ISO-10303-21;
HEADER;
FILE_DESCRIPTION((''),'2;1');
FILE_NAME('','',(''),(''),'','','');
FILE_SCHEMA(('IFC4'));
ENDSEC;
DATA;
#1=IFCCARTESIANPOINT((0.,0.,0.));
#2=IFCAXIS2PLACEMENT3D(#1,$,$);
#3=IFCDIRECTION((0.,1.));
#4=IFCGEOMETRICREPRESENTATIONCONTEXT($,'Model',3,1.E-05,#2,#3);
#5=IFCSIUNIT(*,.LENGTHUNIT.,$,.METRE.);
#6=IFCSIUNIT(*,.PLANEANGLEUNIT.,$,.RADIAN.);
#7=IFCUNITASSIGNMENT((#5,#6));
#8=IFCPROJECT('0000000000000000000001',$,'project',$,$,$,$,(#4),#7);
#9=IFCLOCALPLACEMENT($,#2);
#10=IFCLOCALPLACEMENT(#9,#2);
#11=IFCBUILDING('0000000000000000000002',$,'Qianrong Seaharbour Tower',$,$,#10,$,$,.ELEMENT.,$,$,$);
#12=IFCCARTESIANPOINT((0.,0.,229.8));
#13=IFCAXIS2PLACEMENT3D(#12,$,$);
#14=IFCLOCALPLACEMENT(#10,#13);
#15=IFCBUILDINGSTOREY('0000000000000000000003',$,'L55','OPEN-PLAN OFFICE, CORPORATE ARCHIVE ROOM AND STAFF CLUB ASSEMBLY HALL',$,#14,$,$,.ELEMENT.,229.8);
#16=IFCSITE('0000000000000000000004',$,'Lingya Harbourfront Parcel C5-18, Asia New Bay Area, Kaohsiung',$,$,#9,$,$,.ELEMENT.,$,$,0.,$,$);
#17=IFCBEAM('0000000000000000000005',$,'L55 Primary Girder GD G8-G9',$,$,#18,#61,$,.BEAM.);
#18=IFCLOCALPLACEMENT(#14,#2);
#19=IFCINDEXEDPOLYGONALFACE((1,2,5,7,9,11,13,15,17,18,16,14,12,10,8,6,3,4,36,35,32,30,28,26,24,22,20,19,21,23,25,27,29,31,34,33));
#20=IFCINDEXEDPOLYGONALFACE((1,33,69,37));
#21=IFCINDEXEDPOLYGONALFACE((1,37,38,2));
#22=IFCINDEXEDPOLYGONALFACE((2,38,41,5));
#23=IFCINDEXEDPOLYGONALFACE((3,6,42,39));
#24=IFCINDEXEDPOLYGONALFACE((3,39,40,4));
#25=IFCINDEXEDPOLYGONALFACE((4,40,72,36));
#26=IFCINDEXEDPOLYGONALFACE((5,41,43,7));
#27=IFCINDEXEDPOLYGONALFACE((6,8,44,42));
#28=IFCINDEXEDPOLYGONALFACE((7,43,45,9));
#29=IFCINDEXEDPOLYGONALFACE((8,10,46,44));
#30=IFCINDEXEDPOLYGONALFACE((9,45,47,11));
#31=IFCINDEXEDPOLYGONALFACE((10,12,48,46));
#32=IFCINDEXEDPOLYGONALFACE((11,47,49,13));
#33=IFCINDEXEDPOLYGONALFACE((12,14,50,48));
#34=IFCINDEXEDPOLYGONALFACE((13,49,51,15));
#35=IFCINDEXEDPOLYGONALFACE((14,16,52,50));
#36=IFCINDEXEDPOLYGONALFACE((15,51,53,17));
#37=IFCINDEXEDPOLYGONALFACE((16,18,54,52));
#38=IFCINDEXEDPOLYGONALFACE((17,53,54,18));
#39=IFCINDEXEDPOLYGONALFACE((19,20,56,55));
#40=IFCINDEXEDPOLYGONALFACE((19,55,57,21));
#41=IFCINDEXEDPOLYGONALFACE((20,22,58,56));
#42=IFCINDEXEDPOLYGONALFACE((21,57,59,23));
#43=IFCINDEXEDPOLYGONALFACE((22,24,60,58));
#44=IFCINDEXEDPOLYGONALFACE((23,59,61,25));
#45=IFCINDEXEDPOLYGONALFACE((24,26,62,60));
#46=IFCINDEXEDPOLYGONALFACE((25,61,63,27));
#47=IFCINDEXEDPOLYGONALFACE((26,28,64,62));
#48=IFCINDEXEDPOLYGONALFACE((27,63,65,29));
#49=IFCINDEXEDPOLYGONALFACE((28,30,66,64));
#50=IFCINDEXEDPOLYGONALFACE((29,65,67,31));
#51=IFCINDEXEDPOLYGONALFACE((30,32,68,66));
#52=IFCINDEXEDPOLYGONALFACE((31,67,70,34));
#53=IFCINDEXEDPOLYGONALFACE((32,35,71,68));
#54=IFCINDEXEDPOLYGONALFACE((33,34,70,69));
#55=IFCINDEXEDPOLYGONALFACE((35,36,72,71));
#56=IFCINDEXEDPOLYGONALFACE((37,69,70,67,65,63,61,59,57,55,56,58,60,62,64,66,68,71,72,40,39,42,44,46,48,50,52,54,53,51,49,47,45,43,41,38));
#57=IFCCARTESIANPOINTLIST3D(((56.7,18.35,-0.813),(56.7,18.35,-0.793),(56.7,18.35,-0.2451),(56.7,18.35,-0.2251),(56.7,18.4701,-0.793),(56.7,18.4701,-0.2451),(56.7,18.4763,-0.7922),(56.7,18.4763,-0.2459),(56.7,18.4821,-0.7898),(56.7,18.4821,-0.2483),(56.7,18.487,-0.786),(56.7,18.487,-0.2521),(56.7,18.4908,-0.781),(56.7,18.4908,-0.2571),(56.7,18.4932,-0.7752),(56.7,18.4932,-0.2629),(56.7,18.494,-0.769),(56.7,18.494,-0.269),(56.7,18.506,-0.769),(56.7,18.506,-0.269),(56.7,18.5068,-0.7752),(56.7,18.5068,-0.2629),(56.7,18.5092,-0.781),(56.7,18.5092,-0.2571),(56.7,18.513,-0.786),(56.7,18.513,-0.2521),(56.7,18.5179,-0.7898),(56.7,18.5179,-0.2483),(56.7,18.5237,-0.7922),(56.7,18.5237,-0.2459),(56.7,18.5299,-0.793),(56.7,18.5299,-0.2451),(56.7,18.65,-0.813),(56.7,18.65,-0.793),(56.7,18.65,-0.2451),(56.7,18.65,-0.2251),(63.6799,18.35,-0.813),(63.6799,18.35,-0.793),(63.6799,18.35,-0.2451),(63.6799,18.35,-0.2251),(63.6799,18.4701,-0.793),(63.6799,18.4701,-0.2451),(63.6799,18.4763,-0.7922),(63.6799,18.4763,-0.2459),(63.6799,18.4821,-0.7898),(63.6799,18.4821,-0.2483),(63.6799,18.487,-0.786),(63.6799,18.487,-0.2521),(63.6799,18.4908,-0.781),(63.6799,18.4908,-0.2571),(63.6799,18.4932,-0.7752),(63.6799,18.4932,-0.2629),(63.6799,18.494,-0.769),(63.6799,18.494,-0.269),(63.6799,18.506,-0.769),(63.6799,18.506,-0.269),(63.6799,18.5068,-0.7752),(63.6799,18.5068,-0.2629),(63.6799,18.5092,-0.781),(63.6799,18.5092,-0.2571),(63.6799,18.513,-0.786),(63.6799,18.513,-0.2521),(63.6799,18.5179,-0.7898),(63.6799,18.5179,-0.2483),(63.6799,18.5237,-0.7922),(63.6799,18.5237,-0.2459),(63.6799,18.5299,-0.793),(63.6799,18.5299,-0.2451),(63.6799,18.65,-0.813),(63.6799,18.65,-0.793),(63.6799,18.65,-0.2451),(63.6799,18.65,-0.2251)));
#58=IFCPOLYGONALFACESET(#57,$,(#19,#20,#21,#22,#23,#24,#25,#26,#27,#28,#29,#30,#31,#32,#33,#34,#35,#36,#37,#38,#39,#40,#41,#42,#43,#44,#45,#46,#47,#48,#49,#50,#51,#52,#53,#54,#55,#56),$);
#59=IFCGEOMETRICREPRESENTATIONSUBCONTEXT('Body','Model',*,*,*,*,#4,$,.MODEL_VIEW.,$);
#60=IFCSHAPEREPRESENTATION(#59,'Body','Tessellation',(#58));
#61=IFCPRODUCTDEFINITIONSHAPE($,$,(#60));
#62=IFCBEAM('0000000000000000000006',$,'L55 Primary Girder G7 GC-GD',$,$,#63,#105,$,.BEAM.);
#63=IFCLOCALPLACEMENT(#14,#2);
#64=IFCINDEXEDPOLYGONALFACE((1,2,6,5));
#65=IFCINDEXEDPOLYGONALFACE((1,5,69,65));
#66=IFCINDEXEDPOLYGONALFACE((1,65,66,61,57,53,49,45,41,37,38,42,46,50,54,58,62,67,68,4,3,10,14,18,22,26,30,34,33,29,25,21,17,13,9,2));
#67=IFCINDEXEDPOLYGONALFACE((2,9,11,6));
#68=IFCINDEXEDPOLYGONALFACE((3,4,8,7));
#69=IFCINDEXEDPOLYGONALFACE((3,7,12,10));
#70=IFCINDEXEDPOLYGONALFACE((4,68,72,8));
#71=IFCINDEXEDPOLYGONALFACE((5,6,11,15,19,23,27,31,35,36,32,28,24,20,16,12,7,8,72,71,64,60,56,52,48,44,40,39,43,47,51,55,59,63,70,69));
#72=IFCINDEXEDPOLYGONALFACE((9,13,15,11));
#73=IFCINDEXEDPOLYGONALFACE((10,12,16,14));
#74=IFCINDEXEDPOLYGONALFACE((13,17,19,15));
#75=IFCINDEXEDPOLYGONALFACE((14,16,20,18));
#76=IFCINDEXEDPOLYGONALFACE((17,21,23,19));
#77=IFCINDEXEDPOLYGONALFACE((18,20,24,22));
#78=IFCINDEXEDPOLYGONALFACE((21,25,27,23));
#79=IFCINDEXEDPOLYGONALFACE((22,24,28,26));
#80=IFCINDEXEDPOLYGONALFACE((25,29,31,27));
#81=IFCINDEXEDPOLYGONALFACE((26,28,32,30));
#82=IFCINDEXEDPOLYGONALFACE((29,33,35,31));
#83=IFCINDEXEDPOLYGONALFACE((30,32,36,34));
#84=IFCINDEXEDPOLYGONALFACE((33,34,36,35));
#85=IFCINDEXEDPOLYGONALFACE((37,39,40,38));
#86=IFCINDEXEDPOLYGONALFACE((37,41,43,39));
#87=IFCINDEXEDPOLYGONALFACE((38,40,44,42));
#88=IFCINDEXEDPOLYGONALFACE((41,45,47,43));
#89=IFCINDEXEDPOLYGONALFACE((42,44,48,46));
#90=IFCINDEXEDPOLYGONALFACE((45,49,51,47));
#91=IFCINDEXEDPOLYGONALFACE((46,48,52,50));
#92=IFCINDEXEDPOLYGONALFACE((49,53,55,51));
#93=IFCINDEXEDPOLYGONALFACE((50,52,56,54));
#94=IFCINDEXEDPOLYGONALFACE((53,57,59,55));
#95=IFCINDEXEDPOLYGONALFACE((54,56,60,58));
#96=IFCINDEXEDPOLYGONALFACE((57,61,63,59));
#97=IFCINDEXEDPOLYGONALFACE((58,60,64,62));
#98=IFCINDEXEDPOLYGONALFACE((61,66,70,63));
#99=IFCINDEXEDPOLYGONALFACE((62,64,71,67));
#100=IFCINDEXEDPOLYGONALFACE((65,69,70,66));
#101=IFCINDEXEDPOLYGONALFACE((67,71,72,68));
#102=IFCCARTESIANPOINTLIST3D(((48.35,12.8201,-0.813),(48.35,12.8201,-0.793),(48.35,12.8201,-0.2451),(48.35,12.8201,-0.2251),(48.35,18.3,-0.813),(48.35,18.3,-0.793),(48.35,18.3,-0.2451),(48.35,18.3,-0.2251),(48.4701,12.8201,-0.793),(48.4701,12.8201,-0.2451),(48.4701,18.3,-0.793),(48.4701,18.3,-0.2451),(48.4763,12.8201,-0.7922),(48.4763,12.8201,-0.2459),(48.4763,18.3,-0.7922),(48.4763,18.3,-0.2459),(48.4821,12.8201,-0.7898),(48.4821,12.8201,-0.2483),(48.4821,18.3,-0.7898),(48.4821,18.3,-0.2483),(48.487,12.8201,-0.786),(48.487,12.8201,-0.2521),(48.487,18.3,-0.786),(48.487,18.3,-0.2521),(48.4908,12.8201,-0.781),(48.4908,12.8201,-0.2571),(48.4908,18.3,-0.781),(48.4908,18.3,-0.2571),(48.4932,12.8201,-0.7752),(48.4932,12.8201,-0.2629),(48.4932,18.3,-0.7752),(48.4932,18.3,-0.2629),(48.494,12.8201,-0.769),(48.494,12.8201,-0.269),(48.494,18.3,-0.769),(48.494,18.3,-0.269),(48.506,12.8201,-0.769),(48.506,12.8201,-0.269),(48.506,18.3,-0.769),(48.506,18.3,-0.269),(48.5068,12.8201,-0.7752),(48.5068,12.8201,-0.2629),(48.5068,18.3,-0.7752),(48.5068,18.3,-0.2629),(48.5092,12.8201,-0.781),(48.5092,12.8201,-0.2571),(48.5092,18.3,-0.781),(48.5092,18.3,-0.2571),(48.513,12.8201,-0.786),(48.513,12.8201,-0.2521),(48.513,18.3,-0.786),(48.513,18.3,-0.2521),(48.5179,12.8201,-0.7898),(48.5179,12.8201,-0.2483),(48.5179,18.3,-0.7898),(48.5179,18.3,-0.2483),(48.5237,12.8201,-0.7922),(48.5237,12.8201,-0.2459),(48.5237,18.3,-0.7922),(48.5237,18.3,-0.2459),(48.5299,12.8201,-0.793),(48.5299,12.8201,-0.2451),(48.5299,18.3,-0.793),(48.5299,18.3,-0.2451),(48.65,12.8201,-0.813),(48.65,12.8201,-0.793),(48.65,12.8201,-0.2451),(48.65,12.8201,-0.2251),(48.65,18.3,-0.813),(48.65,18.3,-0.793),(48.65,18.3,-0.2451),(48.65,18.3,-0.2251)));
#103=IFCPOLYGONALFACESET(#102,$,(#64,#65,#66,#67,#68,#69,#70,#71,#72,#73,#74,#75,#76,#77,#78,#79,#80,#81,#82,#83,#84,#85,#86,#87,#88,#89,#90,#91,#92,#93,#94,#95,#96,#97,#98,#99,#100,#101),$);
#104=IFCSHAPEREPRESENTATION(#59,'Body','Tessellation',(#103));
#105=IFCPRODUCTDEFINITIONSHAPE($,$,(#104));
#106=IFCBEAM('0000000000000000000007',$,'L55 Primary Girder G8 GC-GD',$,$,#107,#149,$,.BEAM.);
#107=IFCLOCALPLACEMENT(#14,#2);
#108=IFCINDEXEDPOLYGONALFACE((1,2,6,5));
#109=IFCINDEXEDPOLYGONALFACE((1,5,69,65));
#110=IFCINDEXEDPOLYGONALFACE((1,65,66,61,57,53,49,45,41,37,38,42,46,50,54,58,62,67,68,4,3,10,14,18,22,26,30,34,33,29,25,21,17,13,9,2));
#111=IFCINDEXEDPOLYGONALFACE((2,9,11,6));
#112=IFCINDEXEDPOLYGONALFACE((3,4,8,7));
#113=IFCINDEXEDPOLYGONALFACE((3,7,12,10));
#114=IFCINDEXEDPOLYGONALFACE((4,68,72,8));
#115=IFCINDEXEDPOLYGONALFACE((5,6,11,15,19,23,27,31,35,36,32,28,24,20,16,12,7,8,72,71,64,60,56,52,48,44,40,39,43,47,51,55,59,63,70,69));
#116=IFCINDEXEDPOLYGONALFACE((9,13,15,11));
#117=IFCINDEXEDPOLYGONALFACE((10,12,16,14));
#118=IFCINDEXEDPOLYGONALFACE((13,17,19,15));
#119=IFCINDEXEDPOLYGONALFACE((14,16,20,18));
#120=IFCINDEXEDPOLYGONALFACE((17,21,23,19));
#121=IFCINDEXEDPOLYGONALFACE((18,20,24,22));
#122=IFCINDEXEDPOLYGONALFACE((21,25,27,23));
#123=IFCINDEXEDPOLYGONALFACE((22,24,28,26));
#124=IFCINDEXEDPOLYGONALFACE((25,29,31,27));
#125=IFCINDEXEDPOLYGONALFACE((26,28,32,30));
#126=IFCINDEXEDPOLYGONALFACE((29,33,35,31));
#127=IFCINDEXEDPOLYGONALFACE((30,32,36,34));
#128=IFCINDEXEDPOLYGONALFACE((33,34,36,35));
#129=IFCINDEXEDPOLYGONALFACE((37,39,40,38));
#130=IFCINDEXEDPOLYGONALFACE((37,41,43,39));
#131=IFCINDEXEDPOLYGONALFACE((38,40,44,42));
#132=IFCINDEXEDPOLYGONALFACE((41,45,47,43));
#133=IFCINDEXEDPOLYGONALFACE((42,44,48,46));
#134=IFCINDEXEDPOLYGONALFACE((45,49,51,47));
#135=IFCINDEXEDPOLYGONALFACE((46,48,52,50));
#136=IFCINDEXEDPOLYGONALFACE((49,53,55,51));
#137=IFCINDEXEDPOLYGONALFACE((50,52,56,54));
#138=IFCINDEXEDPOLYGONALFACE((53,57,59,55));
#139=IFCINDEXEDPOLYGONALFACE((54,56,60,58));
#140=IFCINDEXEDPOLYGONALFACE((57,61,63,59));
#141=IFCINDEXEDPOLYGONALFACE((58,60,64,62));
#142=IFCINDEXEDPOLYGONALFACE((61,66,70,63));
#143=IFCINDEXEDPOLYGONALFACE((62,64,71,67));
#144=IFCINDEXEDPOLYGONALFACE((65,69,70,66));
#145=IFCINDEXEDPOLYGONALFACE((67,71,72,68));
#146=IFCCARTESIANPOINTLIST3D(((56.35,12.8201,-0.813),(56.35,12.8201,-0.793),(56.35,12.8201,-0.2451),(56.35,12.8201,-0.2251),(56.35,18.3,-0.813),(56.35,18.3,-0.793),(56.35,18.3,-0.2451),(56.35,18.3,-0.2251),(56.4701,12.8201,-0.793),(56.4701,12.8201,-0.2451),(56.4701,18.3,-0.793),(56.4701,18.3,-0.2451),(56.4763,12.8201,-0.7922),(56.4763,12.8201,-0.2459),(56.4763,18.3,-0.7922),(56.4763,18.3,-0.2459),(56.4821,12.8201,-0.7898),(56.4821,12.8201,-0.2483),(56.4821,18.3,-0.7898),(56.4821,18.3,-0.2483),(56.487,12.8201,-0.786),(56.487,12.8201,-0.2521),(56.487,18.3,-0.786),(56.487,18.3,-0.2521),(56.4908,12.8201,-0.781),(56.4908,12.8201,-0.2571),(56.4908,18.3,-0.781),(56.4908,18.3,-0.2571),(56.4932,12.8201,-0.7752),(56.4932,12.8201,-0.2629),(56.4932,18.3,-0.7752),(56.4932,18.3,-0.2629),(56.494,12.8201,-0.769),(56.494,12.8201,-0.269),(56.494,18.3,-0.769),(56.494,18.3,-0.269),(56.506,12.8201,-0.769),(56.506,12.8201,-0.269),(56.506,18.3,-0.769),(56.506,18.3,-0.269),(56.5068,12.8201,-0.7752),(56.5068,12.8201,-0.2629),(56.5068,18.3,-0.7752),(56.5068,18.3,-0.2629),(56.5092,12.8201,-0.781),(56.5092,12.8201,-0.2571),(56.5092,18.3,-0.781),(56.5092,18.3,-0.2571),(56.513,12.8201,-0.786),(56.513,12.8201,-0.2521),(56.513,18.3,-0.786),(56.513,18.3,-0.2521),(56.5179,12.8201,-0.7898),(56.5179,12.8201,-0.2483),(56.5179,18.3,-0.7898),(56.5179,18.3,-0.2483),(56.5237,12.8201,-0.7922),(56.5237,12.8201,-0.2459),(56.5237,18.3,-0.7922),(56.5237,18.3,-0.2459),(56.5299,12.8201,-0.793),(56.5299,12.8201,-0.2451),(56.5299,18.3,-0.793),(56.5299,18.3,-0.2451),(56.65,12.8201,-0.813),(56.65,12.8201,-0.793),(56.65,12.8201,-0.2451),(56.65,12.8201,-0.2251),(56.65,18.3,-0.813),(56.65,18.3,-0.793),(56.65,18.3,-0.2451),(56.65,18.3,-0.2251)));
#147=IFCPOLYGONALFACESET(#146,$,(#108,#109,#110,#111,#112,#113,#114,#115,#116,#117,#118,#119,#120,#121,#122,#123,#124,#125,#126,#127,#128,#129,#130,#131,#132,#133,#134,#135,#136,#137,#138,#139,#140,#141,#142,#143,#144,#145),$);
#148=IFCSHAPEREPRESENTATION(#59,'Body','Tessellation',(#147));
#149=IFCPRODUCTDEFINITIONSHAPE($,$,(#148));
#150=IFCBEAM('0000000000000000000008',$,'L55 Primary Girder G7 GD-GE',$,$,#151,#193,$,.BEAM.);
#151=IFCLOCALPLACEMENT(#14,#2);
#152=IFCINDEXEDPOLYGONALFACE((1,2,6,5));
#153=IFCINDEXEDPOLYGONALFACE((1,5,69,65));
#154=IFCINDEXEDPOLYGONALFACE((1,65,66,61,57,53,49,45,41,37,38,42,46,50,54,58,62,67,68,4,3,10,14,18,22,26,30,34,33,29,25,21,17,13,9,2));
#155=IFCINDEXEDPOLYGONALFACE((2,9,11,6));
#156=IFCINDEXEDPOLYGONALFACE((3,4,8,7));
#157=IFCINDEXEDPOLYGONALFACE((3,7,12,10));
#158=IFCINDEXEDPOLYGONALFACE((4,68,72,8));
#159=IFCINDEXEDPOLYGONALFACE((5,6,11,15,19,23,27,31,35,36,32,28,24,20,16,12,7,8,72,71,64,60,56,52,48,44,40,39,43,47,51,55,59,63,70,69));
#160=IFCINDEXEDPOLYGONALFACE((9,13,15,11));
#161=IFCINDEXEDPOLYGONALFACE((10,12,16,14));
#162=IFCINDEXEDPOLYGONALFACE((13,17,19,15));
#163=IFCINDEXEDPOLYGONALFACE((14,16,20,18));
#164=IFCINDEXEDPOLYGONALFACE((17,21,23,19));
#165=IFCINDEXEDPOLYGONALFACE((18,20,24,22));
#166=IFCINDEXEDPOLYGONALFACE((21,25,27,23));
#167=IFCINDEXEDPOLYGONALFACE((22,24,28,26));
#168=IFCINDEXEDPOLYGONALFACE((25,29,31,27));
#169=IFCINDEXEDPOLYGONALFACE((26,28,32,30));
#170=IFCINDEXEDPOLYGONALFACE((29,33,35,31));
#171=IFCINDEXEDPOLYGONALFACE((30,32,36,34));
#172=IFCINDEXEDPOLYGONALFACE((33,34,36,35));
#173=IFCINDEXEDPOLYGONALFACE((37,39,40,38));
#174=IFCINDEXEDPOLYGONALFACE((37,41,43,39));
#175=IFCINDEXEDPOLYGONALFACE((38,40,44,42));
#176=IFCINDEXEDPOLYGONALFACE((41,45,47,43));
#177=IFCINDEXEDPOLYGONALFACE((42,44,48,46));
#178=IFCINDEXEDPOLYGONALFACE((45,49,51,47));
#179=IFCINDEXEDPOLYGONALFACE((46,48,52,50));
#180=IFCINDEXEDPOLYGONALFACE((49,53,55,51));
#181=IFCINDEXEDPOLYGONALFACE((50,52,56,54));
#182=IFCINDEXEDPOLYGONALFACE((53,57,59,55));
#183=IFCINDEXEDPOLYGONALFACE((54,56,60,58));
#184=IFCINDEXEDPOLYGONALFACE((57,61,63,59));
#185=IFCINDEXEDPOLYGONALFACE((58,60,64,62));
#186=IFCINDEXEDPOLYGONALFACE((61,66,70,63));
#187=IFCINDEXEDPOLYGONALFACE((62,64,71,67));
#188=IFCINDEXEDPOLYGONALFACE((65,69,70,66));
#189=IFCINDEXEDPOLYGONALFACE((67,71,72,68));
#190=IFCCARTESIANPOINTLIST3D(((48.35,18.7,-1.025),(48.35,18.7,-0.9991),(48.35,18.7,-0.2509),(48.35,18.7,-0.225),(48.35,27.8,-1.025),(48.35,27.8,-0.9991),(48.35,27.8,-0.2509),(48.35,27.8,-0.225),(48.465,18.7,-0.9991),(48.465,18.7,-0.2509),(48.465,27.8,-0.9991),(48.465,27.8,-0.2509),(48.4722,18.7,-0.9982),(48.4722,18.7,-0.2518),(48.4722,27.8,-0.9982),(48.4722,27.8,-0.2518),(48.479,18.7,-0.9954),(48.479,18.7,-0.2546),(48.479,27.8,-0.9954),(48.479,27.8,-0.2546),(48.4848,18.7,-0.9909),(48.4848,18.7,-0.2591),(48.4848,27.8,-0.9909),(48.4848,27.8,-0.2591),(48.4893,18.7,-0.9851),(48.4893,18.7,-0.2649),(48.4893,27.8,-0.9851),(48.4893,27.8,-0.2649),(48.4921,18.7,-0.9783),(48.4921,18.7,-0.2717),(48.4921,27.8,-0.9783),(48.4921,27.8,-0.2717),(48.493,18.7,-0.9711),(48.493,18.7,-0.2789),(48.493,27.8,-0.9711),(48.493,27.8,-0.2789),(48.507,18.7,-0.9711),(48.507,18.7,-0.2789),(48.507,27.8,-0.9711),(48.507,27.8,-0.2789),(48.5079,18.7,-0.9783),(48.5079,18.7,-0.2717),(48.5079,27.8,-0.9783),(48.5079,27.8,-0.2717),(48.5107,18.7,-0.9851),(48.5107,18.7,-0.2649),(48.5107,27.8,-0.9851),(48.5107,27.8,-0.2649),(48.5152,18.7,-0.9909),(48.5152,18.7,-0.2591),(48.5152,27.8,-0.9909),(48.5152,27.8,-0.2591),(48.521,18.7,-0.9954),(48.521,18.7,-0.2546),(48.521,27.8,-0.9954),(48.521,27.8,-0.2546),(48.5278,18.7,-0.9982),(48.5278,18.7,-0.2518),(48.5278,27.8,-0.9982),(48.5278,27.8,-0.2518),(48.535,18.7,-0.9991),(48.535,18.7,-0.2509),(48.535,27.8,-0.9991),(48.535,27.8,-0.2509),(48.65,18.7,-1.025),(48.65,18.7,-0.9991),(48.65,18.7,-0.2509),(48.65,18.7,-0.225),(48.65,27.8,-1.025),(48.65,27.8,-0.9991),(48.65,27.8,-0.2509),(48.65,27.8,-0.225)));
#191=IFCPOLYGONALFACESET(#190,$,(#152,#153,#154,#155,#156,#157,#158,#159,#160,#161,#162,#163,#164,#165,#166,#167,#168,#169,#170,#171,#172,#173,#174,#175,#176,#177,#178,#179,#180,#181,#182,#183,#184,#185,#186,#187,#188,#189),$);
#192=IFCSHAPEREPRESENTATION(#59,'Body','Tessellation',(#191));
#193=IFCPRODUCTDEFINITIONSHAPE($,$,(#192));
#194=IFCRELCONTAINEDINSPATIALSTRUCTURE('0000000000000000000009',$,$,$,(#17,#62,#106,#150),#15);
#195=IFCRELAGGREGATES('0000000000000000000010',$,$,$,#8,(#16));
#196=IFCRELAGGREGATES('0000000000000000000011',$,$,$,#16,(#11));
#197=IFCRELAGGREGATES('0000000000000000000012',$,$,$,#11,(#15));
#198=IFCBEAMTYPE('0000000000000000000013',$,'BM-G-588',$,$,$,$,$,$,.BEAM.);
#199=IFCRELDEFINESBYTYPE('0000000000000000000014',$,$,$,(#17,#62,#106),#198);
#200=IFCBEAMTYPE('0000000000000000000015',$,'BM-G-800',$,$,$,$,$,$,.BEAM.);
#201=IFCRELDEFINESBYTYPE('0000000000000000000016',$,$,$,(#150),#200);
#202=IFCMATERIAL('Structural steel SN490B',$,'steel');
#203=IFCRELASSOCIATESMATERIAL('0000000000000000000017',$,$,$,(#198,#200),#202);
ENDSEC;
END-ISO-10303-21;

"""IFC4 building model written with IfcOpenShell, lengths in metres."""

from ifc_helpers import new_model, si_unit, direction, frame, origin, origin_2d, place, context, subcontext, project, spatial, i_section, extrude, material, material_profile, profile_set, type_object, element, save


model = new_model("IFC4")

# Units and contexts
model_context = context("Model", 3, precision=1e-05, world=origin(), true_north=direction((0.0, 1.0)))
body_context = subcontext(model_context, "Body", "Model", "MODEL_VIEW")
ifc_project = project(units=[si_unit("LENGTHUNIT", "METRE"), si_unit("PLANEANGLEUNIT", "RADIAN")], contexts=[model_context])

# Site, building, storey
site_placement = place(None, origin())
site = spatial("IfcSite", under=ifc_project, at=site_placement, Name="Lingya Harbourfront Parcel C5-18, Asia New Bay Area, Kaohsiung", CompositionType="ELEMENT", RefElevation=0.0)
building_placement = place(site_placement, origin())
building = spatial("IfcBuilding", under=site, at=building_placement, Name="Qianrong Seaharbour Tower", CompositionType="ELEMENT")
storey_placement = place(building_placement, frame((0.0, 0.0, 229.8)))
storey = spatial("IfcBuildingStorey", under=building, at=storey_placement, Name="L55", Description="OPEN-PLAN OFFICE, CORPORATE ARCHIVE ROOM AND STAFF CLUB ASSEMBLY HALL", CompositionType="ELEMENT", Elevation=229.8)

# Shared definitions
ifc_material_1 = material(Name="Structural steel SN490B", Category="steel")

# Beams
ifc_material_profile_1 = material_profile(ifc_material_1, i_section(OverallWidth=0.3, OverallDepth=0.5879, WebThickness=0.012, FlangeThickness=0.02, FilletRadius=0.0239, at=origin_2d()), Name="H588x300x12x20")
ifc_profile_set_1 = profile_set([ifc_material_profile_1], Name="Structural steel SN490B")
beam_type_1 = type_object("IfcBeamType", Name="BM-G-588", PredefinedType="BEAM", material=ifc_profile_set_1)
beam_1_placement = place(storey_placement, frame((56.7, 18.5, -0.519), z_axis=(1.0, 0.0, 0.0), x_axis=(0.0, 1.0, 0.0)))
element("IfcBeam", 1, at=beam_1_placement, inside=storey, type_object=beam_type_1, Name="L55 Primary Girder GD G8-G9", PredefinedType="BEAM", context=body_context, shape_type="SweptSolid", body=[
    extrude(i_section(OverallWidth=0.3, OverallDepth=0.5879, WebThickness=0.012, FlangeThickness=0.02, FilletRadius=0.0239, at=origin_2d()), origin(), (0.0, 0.0, 1.0), 6.98),
])
for number, where, z_axis, x_axis, name in (
    (2, (48.5, 12.8201, -0.519), (0.0, 1.0, 0.0), (-1.0, 0.0, 0.0), "L55 Primary Girder G7 GC-GD"),
    (3, (56.5, 12.8201, -0.519), (0.0, 1.0, 0.0), (-1.0, 0.0, 0.0), "L55 Primary Girder G8 GC-GD"),
):
    element("IfcBeam", number, at=place(storey_placement, frame(where, z_axis=z_axis, x_axis=x_axis)), inside=storey, type_object=beam_type_1, Name=name, PredefinedType="BEAM", context=body_context, shape_type="SweptSolid", body=[
        extrude(i_section(OverallWidth=0.3, OverallDepth=0.5879, WebThickness=0.012, FlangeThickness=0.02, FilletRadius=0.0239, at=origin_2d()), origin(), (0.0, 0.0, 1.0), 5.48),
    ])
ifc_material_profile_2 = material_profile(ifc_material_1, i_section(OverallWidth=0.3, OverallDepth=0.8, WebThickness=0.0139, FlangeThickness=0.0259, FilletRadius=0.0281, at=origin_2d()), Name="H800x300x14x26")
ifc_profile_set_2 = profile_set([ifc_material_profile_2], Name="Structural steel SN490B")
beam_type_2 = type_object("IfcBeamType", Name="BM-G-800", PredefinedType="BEAM", material=ifc_profile_set_2)
for number, where, z_axis, x_axis, name in (
    (4, (48.5, 18.7, -0.625), (0.0, 1.0, 0.0), (-1.0, 0.0, 0.0), "L55 Primary Girder G7 GD-GE"),
):
    element("IfcBeam", number, at=place(storey_placement, frame(where, z_axis=z_axis, x_axis=x_axis)), inside=storey, type_object=beam_type_2, Name=name, PredefinedType="BEAM", context=body_context, shape_type="SweptSolid", body=[
        extrude(i_section(OverallWidth=0.3, OverallDepth=0.8, WebThickness=0.0139, FlangeThickness=0.0259, FilletRadius=0.0281, at=origin_2d()), origin(), (0.0, 0.0, 1.0), 9.1001),
    ])

save(model, "model.ifc")
